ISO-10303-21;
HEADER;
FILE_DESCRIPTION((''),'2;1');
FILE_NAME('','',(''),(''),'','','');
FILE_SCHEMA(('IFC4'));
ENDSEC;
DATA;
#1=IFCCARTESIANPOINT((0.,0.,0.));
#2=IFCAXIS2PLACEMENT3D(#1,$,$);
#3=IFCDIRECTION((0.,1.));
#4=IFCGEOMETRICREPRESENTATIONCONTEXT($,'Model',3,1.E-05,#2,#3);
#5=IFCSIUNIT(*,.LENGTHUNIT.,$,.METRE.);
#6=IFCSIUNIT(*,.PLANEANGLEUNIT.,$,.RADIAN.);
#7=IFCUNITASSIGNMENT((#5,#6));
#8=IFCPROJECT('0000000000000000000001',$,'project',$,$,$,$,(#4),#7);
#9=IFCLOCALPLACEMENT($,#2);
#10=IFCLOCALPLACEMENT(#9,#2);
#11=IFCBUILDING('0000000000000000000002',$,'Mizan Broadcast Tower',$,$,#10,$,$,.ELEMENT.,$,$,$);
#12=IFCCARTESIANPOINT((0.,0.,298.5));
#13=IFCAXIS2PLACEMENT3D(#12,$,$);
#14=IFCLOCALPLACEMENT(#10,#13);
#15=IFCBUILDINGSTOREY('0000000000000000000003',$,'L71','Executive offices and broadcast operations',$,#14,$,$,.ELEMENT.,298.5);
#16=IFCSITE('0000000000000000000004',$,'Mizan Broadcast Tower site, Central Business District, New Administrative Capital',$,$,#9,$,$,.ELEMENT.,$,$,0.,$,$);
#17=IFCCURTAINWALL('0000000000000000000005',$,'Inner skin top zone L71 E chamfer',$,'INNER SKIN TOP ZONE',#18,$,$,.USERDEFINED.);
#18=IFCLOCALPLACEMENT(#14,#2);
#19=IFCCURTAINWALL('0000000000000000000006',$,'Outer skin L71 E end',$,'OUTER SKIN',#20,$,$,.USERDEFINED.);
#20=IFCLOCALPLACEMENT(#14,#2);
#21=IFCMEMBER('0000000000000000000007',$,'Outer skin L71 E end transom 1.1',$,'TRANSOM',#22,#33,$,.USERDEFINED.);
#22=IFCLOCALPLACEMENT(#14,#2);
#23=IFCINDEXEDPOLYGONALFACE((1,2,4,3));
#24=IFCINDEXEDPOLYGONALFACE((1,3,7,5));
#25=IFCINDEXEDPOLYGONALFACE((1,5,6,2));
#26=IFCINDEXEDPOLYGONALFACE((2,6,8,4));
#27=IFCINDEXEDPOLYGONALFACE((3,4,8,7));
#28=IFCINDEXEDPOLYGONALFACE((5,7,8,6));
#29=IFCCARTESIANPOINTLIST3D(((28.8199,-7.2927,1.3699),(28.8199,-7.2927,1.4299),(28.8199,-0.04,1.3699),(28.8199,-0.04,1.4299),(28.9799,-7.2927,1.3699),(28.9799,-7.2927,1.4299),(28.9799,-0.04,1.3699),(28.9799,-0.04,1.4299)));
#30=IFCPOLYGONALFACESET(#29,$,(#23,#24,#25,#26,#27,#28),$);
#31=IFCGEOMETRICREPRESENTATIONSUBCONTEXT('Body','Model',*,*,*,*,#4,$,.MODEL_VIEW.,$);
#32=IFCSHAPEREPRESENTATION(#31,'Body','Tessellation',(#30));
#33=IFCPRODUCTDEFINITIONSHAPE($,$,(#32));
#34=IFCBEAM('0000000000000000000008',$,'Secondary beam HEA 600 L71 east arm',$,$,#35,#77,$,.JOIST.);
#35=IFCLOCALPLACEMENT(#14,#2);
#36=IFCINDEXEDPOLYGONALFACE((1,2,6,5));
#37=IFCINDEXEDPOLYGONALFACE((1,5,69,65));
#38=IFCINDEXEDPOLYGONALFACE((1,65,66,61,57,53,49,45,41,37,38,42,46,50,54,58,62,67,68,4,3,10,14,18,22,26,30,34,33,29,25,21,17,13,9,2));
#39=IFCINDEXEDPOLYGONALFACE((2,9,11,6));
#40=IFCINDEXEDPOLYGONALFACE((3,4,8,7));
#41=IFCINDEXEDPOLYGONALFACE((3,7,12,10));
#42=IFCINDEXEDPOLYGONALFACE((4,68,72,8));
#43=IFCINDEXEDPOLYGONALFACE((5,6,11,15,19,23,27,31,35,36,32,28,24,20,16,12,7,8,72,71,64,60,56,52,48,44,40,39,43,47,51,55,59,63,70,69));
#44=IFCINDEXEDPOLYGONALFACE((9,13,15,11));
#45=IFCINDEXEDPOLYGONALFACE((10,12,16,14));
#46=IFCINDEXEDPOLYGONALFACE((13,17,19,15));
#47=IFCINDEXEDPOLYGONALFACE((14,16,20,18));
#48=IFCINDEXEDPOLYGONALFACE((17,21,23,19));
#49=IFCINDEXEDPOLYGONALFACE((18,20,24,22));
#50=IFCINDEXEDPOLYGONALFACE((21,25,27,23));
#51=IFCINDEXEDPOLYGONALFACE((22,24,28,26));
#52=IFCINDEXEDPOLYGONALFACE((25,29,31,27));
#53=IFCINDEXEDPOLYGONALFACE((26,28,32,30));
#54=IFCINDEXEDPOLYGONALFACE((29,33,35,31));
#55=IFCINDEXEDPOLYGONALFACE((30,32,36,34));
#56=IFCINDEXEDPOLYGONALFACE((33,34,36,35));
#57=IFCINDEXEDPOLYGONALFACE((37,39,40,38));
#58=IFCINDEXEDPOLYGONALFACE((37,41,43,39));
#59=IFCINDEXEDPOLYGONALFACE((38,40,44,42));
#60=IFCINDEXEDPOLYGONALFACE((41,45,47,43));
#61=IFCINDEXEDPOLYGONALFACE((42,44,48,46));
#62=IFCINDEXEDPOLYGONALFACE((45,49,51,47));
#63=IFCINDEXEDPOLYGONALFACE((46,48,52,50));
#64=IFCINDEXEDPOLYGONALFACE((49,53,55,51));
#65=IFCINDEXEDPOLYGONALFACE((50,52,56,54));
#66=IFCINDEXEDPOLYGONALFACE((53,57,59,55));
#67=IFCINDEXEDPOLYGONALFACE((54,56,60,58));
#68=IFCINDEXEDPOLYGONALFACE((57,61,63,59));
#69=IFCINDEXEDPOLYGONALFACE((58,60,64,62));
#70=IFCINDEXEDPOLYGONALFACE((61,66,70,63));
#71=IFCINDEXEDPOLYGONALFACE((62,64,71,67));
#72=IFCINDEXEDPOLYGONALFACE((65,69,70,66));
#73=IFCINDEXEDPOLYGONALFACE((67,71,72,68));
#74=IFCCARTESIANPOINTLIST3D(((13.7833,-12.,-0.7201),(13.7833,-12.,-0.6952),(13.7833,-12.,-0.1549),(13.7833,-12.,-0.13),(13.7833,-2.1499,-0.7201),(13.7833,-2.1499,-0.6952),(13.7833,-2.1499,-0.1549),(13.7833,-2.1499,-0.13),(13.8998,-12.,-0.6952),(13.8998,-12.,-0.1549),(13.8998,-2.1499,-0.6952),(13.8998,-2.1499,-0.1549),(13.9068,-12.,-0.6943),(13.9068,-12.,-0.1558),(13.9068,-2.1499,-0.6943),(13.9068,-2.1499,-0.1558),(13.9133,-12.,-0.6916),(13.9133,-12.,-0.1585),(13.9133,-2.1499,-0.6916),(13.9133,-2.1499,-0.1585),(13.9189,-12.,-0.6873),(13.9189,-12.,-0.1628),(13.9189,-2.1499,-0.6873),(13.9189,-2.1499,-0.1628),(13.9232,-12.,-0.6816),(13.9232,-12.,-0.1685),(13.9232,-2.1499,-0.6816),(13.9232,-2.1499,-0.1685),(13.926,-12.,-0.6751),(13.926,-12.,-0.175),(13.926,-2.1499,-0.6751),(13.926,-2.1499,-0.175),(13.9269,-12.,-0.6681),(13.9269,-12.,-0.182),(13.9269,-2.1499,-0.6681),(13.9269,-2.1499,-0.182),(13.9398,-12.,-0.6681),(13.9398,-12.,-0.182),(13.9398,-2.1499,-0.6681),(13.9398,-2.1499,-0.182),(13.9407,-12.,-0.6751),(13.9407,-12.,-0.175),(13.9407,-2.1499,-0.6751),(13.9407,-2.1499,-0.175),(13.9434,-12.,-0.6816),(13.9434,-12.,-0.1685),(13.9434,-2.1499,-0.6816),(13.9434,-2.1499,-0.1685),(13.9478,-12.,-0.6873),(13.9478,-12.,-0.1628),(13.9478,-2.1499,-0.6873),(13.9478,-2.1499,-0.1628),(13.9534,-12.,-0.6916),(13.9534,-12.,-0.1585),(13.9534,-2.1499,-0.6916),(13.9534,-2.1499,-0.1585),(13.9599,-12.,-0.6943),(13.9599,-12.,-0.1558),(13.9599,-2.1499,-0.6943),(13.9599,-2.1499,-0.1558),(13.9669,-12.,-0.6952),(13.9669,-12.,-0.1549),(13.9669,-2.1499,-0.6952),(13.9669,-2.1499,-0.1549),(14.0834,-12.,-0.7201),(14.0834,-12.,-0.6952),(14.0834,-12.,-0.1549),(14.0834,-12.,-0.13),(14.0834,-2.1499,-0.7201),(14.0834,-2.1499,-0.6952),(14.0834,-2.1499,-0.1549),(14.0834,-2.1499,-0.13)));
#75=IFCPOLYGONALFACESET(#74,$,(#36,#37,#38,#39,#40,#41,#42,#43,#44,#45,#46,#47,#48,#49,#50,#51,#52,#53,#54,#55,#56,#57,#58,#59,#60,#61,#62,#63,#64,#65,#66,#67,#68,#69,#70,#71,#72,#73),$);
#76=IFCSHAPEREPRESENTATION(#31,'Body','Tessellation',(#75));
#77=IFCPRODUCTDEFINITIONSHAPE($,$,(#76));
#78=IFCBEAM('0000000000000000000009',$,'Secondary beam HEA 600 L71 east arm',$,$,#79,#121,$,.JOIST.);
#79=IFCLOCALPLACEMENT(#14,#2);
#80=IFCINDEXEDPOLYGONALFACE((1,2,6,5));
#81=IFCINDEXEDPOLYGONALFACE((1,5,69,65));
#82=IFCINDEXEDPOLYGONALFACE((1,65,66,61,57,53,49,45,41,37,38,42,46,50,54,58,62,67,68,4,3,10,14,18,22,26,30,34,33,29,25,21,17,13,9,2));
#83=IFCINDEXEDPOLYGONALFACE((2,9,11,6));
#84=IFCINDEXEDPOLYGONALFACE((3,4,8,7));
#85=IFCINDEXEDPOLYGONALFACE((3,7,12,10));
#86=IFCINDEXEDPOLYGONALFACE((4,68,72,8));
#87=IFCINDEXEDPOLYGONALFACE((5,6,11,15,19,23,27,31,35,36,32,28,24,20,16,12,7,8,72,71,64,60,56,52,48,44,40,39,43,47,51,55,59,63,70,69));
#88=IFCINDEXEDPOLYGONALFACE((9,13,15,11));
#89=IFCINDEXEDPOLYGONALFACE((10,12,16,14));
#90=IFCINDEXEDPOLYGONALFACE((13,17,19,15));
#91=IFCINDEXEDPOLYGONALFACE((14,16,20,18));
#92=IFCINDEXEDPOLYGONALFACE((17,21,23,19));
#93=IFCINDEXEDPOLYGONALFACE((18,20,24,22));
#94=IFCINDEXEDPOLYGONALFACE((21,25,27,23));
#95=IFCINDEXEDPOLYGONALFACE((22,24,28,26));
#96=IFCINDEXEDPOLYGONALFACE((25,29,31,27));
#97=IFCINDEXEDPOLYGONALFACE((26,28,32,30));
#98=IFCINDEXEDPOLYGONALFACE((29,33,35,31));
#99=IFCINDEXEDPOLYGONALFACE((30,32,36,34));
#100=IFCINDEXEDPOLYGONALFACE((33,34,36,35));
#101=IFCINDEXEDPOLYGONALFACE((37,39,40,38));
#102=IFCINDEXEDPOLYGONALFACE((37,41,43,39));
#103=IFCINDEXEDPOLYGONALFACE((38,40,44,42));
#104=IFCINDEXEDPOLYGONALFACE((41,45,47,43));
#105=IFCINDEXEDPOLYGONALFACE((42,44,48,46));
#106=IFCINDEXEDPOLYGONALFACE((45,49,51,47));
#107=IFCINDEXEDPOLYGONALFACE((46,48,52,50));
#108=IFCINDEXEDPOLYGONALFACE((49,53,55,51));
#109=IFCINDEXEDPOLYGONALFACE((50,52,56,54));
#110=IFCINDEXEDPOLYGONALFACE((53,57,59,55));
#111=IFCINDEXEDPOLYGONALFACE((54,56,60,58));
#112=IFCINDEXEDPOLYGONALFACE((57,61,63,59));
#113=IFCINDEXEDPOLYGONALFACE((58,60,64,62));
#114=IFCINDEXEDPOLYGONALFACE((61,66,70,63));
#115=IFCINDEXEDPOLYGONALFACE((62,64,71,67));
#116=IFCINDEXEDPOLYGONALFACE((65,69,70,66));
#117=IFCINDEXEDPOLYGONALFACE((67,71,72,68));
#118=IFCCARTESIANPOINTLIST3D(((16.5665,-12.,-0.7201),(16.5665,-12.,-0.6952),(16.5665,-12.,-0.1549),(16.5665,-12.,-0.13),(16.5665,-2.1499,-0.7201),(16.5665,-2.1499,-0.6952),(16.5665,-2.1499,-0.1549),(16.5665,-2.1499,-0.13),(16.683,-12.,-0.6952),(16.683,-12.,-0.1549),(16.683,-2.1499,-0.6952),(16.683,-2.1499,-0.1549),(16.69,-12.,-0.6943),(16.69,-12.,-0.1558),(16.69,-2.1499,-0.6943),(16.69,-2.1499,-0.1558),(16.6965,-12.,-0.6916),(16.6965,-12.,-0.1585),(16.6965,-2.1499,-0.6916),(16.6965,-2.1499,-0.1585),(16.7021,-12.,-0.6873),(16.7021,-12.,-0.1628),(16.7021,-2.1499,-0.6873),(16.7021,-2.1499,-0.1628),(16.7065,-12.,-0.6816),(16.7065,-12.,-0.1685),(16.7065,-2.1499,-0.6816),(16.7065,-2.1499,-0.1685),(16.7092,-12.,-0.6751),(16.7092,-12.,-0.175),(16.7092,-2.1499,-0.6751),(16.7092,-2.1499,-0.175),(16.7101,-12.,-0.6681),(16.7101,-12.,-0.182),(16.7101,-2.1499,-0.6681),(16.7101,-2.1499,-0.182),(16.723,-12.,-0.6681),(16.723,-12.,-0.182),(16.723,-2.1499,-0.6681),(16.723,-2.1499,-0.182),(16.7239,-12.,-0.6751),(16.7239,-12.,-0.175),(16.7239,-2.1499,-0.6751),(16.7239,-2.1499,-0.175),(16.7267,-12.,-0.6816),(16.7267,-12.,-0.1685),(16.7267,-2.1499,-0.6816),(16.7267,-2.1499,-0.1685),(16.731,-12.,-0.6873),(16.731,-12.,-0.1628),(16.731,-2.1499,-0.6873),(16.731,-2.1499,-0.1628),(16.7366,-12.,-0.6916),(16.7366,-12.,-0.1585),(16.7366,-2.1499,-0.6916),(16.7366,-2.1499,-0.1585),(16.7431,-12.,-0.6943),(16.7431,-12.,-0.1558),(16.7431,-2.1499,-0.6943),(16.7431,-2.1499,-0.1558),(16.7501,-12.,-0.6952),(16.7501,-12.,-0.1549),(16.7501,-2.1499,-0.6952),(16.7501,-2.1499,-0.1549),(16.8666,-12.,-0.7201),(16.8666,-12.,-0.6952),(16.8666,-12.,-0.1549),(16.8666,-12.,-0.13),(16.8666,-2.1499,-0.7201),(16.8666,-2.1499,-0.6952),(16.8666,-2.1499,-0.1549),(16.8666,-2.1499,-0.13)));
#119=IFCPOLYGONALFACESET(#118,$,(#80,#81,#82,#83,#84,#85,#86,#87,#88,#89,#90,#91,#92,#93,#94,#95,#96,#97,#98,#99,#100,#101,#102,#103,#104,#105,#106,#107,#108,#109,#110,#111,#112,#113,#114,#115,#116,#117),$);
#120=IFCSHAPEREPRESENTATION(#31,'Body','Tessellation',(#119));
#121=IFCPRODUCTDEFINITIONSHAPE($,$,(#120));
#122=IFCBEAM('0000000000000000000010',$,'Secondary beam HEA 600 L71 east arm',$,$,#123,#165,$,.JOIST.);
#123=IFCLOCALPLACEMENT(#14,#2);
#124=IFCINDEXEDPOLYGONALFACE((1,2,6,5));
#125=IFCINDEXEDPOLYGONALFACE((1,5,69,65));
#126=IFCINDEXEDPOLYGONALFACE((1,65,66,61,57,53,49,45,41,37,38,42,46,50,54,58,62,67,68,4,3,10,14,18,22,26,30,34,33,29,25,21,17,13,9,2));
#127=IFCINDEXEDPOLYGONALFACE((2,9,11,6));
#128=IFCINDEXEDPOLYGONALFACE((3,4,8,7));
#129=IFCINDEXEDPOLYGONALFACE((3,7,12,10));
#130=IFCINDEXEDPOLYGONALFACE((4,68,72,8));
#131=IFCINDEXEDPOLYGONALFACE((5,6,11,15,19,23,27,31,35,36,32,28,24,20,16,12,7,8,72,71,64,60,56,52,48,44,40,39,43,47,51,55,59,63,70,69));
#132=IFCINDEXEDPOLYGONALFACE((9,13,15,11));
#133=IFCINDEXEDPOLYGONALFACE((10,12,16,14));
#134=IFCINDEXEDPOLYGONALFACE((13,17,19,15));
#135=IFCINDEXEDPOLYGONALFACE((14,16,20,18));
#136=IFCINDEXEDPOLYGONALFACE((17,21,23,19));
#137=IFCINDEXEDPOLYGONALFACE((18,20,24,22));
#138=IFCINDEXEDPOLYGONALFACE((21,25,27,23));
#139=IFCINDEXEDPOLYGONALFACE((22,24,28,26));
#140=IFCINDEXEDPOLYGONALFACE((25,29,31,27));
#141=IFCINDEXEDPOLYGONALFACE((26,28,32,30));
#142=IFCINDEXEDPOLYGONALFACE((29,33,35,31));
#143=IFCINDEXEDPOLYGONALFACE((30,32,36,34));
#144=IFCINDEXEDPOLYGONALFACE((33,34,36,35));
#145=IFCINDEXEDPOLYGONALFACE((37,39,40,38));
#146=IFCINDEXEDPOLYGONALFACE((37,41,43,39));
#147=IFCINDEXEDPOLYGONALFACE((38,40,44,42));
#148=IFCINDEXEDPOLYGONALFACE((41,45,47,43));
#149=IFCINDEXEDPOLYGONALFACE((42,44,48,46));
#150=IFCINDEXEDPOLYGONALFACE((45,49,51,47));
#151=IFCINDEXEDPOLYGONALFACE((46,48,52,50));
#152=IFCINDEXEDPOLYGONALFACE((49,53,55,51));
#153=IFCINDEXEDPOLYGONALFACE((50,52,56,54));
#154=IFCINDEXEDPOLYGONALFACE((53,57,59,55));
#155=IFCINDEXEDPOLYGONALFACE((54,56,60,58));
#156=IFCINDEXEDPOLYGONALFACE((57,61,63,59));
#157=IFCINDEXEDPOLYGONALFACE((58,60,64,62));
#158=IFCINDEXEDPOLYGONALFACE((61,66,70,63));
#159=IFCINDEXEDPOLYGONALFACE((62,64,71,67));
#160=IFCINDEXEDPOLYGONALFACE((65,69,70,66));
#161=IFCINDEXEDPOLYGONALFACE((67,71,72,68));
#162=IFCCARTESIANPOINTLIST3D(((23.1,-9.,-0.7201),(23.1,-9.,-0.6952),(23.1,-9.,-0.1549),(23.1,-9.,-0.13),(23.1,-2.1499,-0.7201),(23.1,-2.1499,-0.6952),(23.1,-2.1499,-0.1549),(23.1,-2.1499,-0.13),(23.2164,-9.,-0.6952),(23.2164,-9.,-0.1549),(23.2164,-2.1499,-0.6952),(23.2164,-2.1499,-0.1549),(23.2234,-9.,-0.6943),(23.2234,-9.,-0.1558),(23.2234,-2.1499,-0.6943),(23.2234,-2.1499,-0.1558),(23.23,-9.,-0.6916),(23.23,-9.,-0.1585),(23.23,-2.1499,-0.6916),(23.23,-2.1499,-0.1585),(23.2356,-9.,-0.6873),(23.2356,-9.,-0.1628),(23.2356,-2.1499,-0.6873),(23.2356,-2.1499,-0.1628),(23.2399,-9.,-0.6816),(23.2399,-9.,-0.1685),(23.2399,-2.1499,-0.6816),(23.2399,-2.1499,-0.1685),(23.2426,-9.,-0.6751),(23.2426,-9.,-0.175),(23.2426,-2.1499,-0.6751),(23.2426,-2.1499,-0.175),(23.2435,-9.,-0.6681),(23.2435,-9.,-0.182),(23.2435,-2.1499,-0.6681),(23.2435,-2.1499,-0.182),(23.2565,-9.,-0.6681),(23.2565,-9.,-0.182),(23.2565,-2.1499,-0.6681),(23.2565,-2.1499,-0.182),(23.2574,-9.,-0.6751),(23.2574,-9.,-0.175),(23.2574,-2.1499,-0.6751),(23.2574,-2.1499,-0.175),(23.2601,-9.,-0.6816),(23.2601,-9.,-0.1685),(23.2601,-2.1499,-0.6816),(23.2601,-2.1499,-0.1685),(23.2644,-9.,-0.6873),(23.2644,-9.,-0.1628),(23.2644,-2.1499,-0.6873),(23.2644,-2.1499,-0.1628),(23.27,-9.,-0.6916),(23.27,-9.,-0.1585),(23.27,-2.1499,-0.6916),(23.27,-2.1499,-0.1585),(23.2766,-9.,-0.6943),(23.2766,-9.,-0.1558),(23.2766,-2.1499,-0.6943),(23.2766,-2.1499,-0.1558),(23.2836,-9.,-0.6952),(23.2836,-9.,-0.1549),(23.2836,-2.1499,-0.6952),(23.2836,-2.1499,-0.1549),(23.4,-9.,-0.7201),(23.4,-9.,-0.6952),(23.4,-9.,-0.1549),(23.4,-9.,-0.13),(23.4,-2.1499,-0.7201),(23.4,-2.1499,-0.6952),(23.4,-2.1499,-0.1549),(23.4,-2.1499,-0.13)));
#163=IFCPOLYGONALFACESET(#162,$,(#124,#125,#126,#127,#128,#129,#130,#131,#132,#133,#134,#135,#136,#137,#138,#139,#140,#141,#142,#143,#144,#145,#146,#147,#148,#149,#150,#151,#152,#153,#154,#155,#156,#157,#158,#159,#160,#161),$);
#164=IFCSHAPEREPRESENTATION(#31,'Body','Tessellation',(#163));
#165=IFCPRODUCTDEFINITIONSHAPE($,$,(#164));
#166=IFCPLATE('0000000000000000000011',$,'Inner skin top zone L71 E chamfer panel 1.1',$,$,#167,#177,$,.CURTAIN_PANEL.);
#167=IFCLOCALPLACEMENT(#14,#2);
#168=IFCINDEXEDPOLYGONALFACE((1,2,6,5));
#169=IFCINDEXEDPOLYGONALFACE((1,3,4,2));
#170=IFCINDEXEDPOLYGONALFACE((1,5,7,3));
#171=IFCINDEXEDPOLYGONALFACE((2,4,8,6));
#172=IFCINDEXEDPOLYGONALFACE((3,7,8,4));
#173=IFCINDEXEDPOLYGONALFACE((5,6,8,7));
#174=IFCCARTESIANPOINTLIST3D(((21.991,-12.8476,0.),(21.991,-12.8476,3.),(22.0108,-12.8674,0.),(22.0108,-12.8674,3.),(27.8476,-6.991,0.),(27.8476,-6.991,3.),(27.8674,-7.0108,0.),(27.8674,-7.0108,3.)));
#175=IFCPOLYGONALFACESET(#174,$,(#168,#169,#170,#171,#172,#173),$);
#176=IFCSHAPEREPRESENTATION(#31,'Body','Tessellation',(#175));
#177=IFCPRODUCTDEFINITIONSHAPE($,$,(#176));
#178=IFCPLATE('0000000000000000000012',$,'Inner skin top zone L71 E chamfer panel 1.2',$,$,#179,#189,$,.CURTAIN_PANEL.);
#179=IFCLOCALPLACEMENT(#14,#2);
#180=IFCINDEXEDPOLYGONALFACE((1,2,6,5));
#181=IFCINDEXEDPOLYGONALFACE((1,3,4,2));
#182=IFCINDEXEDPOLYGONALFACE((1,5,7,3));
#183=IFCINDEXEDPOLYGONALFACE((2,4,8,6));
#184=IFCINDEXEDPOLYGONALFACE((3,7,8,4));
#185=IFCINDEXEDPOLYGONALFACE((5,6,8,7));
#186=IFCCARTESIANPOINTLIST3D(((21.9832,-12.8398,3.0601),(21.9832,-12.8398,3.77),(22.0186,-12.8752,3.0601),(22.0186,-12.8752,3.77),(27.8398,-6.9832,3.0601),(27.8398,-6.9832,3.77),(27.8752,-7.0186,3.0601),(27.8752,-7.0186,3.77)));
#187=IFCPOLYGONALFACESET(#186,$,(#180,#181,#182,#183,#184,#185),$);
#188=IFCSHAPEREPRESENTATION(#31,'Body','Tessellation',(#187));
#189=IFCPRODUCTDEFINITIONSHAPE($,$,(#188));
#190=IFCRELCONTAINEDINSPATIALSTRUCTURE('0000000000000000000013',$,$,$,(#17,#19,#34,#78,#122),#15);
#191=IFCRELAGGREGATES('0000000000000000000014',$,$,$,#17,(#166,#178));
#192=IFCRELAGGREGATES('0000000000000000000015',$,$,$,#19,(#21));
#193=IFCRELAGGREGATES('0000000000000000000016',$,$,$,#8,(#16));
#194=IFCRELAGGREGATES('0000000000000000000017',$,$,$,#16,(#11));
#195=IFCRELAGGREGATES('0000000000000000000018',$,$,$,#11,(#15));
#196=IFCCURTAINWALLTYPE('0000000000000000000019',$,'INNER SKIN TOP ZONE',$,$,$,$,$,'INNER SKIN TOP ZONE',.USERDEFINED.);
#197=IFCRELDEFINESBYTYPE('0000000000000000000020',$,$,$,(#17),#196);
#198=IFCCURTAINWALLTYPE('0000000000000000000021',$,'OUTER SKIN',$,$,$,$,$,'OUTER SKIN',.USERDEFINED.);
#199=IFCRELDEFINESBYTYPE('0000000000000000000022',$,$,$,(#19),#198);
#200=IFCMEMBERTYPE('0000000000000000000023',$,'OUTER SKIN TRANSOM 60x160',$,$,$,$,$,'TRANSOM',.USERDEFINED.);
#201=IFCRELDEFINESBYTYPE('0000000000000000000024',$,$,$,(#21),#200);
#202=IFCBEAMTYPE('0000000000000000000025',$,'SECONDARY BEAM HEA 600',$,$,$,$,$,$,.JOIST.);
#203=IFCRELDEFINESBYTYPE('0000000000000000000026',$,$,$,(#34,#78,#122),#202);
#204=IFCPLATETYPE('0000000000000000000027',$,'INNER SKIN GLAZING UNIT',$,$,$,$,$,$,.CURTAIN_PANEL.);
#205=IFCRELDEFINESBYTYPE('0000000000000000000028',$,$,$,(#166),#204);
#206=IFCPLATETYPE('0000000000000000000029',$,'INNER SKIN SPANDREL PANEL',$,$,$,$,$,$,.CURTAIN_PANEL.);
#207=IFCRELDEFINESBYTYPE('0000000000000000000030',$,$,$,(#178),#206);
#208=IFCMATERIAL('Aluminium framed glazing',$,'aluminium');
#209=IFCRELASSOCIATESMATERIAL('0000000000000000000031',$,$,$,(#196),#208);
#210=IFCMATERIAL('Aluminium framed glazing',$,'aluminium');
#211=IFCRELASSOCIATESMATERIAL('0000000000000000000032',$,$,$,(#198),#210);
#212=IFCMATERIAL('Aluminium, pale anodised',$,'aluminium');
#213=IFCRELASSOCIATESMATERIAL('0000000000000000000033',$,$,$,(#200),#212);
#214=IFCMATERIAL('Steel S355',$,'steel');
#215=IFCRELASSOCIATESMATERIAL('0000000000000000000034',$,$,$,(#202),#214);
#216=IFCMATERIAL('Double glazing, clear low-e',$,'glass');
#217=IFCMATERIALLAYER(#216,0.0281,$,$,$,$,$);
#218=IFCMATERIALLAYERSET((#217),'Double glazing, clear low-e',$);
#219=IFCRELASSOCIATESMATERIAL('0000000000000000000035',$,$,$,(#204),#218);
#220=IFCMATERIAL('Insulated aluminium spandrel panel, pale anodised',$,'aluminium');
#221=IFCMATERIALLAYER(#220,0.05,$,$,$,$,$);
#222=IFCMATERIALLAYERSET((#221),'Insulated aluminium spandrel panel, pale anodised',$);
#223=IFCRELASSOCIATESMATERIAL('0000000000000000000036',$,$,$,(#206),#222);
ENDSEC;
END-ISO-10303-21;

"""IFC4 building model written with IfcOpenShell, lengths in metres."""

from ifc_helpers import new_model, si_unit, direction, frame, origin, origin_2d, place, context, subcontext, project, spatial, rectangle, i_section, extrude, material, layer, layer_set, material_profile, profile_set, type_object, element, aggregate, save


model = new_model("IFC4")

# Units and contexts
model_context = context("Model", 3, precision=1e-05, world=origin(), true_north=direction((0.0, 1.0)))
body_context = subcontext(model_context, "Body", "Model", "MODEL_VIEW")
ifc_project = project(units=[si_unit("LENGTHUNIT", "METRE"), si_unit("PLANEANGLEUNIT", "RADIAN")], contexts=[model_context])

# Site, building, storey
site_placement = place(None, origin())
site = spatial("IfcSite", under=ifc_project, at=site_placement, Name="Mizan Broadcast Tower site, Central Business District, New Administrative Capital", CompositionType="ELEMENT", RefElevation=0.0)
building_placement = place(site_placement, origin())
building = spatial("IfcBuilding", under=site, at=building_placement, Name="Mizan Broadcast Tower", CompositionType="ELEMENT")
storey_placement = place(building_placement, frame((0.0, 0.0, 298.5)))
storey = spatial("IfcBuildingStorey", under=building, at=storey_placement, Name="L71", Description="Executive offices and broadcast operations", CompositionType="ELEMENT", Elevation=298.5)

# Curtain wall
ifc_material_1 = material(Name="Aluminium framed glazing", Category="aluminium")
curtain_wall_type_1 = type_object("IfcCurtainWallType", Name="INNER SKIN TOP ZONE", ElementType="INNER SKIN TOP ZONE", PredefinedType="USERDEFINED", material=ifc_material_1)
curtain_wall_1_placement = place(storey_placement, origin())
curtain_wall_1 = element("IfcCurtainWall", 1, at=curtain_wall_1_placement, inside=storey, type_object=curtain_wall_type_1, Name="Inner skin top zone L71 E chamfer", ObjectType="INNER SKIN TOP ZONE", PredefinedType="USERDEFINED")

# Shared definitions
ifc_material_2 = material(Name="Aluminium framed glazing", Category="aluminium")
curtain_wall_type_2 = type_object("IfcCurtainWallType", Name="OUTER SKIN", ElementType="OUTER SKIN", PredefinedType="USERDEFINED", material=ifc_material_2)
ifc_material_3 = material(Name="Aluminium, pale anodised", Category="aluminium")
ifc_material_profile_1 = material_profile(ifc_material_3, rectangle(XDim=0.1599, YDim=0.0601, at=origin_2d()), Name="TRANSOM 160x60")
ifc_profile_set_1 = profile_set([ifc_material_profile_1], Name="Aluminium, pale anodised")
member_type_1 = type_object("IfcMemberType", Name="OUTER SKIN TRANSOM 60x160", ElementType="TRANSOM", PredefinedType="USERDEFINED", material=ifc_profile_set_1)

# Curtain wall, member
curtain_wall_2_placement = place(storey_placement, origin())
curtain_wall_2 = element("IfcCurtainWall", 2, at=curtain_wall_2_placement, inside=storey, type_object=curtain_wall_type_2, Name="Outer skin L71 E end", ObjectType="OUTER SKIN", PredefinedType="USERDEFINED")
member_1_placement = place(storey_placement, frame((28.8999, -7.2927, 1.3999), z_axis=(0.0, 1.0, 0.0), x_axis=(-1.0, 0.0, 0.0)))
member_1 = element("IfcMember", 3, at=member_1_placement, type_object=member_type_1, Name="Outer skin L71 E end transom 1.1", ObjectType="TRANSOM", PredefinedType="USERDEFINED", context=body_context, shape_type="SweptSolid", body=[
    extrude(rectangle(XDim=0.1599, YDim=0.0601, at=origin_2d()), origin(), (0.0, 0.0, 1.0), 7.2527),
])

# Beams
ifc_material_4 = material(Name="Steel S355", Category="steel")
ifc_material_profile_2 = material_profile(ifc_material_4, i_section(OverallWidth=0.3, OverallDepth=0.5901, WebThickness=0.0129, FlangeThickness=0.0249, FilletRadius=0.0271, at=origin_2d()), Name="HEA 600")
ifc_profile_set_2 = profile_set([ifc_material_profile_2], Name="Steel S355")
beam_type_1 = type_object("IfcBeamType", Name="SECONDARY BEAM HEA 600", PredefinedType="JOIST", material=ifc_profile_set_2)
for number, where, z_axis, x_axis, name in (
    (4, (13.9333, -12.0, -0.425), (0.0, 1.0, 0.0), (-1.0, 0.0, 0.0), "Secondary beam HEA 600 L71 east arm"),
    (5, (16.7166, -12.0, -0.425), (0.0, 1.0, 0.0), (-1.0, 0.0, 0.0), "Secondary beam HEA 600 L71 east arm"),
):
    element("IfcBeam", number, at=place(storey_placement, frame(where, z_axis=z_axis, x_axis=x_axis)), inside=storey, type_object=beam_type_1, Name=name, PredefinedType="JOIST", context=body_context, shape_type="SweptSolid", body=[
        extrude(i_section(OverallWidth=0.3, OverallDepth=0.5901, WebThickness=0.0129, FlangeThickness=0.0249, FilletRadius=0.0271, at=origin_2d()), origin(), (0.0, 0.0, 1.0), 9.8501),
    ])
beam_1_placement = place(storey_placement, frame((23.25, -9.0, -0.425), z_axis=(0.0, 1.0, 0.0), x_axis=(-1.0, 0.0, 0.0)))
element("IfcBeam", 6, at=beam_1_placement, inside=storey, type_object=beam_type_1, Name="Secondary beam HEA 600 L71 east arm", PredefinedType="JOIST", context=body_context, shape_type="SweptSolid", body=[
    extrude(i_section(OverallWidth=0.3, OverallDepth=0.5901, WebThickness=0.0129, FlangeThickness=0.0249, FilletRadius=0.0271, at=origin_2d()), origin(), (0.0, 0.0, 1.0), 6.8501),
])

# Plates
ifc_material_5 = material(Name="Double glazing, clear low-e", Category="glass")
ifc_layer_1 = layer(ifc_material_5, 0.0281)
ifc_layer_set_1 = layer_set([ifc_layer_1], Name="Double glazing, clear low-e")
plate_type_1 = type_object("IfcPlateType", Name="INNER SKIN GLAZING UNIT", PredefinedType="CURTAIN_PANEL", material=ifc_layer_set_1)
plate_1_placement = place(storey_placement, frame((24.9292, -9.9292, 0.0), z_axis=(0.0, 0.0, 1.0), x_axis=(0.707107, 0.707107, 0.0)))
plate_1 = element("IfcPlate", 7, at=plate_1_placement, type_object=plate_type_1, Name="Inner skin top zone L71 E chamfer panel 1.1", PredefinedType="CURTAIN_PANEL", context=body_context, shape_type="SweptSolid", body=[
    extrude(rectangle(XDim=8.2825, YDim=0.0281, at=origin_2d()), origin(), (0.0, 0.0, 1.0), 3.0),
])
ifc_material_6 = material(Name="Insulated aluminium spandrel panel, pale anodised", Category="aluminium")
ifc_layer_2 = layer(ifc_material_6, 0.05)
ifc_layer_set_2 = layer_set([ifc_layer_2], Name="Insulated aluminium spandrel panel, pale anodised")
plate_type_2 = type_object("IfcPlateType", Name="INNER SKIN SPANDREL PANEL", PredefinedType="CURTAIN_PANEL", material=ifc_layer_set_2)
plate_2_placement = place(storey_placement, frame((24.9292, -9.9292, 3.0601), z_axis=(0.0, 0.0, 1.0), x_axis=(0.707107, 0.707107, 0.0)))
plate_2 = element("IfcPlate", 8, at=plate_2_placement, type_object=plate_type_2, Name="Inner skin top zone L71 E chamfer panel 1.2", PredefinedType="CURTAIN_PANEL", context=body_context, shape_type="SweptSolid", body=[
    extrude(rectangle(XDim=8.2825, YDim=0.05, at=origin_2d()), origin(), (0.0, 0.0, 1.0), 0.71),
])
aggregate(curtain_wall_1, [plate_1, plate_2])
aggregate(curtain_wall_2, [member_1])

save(model, "model.ifc")
